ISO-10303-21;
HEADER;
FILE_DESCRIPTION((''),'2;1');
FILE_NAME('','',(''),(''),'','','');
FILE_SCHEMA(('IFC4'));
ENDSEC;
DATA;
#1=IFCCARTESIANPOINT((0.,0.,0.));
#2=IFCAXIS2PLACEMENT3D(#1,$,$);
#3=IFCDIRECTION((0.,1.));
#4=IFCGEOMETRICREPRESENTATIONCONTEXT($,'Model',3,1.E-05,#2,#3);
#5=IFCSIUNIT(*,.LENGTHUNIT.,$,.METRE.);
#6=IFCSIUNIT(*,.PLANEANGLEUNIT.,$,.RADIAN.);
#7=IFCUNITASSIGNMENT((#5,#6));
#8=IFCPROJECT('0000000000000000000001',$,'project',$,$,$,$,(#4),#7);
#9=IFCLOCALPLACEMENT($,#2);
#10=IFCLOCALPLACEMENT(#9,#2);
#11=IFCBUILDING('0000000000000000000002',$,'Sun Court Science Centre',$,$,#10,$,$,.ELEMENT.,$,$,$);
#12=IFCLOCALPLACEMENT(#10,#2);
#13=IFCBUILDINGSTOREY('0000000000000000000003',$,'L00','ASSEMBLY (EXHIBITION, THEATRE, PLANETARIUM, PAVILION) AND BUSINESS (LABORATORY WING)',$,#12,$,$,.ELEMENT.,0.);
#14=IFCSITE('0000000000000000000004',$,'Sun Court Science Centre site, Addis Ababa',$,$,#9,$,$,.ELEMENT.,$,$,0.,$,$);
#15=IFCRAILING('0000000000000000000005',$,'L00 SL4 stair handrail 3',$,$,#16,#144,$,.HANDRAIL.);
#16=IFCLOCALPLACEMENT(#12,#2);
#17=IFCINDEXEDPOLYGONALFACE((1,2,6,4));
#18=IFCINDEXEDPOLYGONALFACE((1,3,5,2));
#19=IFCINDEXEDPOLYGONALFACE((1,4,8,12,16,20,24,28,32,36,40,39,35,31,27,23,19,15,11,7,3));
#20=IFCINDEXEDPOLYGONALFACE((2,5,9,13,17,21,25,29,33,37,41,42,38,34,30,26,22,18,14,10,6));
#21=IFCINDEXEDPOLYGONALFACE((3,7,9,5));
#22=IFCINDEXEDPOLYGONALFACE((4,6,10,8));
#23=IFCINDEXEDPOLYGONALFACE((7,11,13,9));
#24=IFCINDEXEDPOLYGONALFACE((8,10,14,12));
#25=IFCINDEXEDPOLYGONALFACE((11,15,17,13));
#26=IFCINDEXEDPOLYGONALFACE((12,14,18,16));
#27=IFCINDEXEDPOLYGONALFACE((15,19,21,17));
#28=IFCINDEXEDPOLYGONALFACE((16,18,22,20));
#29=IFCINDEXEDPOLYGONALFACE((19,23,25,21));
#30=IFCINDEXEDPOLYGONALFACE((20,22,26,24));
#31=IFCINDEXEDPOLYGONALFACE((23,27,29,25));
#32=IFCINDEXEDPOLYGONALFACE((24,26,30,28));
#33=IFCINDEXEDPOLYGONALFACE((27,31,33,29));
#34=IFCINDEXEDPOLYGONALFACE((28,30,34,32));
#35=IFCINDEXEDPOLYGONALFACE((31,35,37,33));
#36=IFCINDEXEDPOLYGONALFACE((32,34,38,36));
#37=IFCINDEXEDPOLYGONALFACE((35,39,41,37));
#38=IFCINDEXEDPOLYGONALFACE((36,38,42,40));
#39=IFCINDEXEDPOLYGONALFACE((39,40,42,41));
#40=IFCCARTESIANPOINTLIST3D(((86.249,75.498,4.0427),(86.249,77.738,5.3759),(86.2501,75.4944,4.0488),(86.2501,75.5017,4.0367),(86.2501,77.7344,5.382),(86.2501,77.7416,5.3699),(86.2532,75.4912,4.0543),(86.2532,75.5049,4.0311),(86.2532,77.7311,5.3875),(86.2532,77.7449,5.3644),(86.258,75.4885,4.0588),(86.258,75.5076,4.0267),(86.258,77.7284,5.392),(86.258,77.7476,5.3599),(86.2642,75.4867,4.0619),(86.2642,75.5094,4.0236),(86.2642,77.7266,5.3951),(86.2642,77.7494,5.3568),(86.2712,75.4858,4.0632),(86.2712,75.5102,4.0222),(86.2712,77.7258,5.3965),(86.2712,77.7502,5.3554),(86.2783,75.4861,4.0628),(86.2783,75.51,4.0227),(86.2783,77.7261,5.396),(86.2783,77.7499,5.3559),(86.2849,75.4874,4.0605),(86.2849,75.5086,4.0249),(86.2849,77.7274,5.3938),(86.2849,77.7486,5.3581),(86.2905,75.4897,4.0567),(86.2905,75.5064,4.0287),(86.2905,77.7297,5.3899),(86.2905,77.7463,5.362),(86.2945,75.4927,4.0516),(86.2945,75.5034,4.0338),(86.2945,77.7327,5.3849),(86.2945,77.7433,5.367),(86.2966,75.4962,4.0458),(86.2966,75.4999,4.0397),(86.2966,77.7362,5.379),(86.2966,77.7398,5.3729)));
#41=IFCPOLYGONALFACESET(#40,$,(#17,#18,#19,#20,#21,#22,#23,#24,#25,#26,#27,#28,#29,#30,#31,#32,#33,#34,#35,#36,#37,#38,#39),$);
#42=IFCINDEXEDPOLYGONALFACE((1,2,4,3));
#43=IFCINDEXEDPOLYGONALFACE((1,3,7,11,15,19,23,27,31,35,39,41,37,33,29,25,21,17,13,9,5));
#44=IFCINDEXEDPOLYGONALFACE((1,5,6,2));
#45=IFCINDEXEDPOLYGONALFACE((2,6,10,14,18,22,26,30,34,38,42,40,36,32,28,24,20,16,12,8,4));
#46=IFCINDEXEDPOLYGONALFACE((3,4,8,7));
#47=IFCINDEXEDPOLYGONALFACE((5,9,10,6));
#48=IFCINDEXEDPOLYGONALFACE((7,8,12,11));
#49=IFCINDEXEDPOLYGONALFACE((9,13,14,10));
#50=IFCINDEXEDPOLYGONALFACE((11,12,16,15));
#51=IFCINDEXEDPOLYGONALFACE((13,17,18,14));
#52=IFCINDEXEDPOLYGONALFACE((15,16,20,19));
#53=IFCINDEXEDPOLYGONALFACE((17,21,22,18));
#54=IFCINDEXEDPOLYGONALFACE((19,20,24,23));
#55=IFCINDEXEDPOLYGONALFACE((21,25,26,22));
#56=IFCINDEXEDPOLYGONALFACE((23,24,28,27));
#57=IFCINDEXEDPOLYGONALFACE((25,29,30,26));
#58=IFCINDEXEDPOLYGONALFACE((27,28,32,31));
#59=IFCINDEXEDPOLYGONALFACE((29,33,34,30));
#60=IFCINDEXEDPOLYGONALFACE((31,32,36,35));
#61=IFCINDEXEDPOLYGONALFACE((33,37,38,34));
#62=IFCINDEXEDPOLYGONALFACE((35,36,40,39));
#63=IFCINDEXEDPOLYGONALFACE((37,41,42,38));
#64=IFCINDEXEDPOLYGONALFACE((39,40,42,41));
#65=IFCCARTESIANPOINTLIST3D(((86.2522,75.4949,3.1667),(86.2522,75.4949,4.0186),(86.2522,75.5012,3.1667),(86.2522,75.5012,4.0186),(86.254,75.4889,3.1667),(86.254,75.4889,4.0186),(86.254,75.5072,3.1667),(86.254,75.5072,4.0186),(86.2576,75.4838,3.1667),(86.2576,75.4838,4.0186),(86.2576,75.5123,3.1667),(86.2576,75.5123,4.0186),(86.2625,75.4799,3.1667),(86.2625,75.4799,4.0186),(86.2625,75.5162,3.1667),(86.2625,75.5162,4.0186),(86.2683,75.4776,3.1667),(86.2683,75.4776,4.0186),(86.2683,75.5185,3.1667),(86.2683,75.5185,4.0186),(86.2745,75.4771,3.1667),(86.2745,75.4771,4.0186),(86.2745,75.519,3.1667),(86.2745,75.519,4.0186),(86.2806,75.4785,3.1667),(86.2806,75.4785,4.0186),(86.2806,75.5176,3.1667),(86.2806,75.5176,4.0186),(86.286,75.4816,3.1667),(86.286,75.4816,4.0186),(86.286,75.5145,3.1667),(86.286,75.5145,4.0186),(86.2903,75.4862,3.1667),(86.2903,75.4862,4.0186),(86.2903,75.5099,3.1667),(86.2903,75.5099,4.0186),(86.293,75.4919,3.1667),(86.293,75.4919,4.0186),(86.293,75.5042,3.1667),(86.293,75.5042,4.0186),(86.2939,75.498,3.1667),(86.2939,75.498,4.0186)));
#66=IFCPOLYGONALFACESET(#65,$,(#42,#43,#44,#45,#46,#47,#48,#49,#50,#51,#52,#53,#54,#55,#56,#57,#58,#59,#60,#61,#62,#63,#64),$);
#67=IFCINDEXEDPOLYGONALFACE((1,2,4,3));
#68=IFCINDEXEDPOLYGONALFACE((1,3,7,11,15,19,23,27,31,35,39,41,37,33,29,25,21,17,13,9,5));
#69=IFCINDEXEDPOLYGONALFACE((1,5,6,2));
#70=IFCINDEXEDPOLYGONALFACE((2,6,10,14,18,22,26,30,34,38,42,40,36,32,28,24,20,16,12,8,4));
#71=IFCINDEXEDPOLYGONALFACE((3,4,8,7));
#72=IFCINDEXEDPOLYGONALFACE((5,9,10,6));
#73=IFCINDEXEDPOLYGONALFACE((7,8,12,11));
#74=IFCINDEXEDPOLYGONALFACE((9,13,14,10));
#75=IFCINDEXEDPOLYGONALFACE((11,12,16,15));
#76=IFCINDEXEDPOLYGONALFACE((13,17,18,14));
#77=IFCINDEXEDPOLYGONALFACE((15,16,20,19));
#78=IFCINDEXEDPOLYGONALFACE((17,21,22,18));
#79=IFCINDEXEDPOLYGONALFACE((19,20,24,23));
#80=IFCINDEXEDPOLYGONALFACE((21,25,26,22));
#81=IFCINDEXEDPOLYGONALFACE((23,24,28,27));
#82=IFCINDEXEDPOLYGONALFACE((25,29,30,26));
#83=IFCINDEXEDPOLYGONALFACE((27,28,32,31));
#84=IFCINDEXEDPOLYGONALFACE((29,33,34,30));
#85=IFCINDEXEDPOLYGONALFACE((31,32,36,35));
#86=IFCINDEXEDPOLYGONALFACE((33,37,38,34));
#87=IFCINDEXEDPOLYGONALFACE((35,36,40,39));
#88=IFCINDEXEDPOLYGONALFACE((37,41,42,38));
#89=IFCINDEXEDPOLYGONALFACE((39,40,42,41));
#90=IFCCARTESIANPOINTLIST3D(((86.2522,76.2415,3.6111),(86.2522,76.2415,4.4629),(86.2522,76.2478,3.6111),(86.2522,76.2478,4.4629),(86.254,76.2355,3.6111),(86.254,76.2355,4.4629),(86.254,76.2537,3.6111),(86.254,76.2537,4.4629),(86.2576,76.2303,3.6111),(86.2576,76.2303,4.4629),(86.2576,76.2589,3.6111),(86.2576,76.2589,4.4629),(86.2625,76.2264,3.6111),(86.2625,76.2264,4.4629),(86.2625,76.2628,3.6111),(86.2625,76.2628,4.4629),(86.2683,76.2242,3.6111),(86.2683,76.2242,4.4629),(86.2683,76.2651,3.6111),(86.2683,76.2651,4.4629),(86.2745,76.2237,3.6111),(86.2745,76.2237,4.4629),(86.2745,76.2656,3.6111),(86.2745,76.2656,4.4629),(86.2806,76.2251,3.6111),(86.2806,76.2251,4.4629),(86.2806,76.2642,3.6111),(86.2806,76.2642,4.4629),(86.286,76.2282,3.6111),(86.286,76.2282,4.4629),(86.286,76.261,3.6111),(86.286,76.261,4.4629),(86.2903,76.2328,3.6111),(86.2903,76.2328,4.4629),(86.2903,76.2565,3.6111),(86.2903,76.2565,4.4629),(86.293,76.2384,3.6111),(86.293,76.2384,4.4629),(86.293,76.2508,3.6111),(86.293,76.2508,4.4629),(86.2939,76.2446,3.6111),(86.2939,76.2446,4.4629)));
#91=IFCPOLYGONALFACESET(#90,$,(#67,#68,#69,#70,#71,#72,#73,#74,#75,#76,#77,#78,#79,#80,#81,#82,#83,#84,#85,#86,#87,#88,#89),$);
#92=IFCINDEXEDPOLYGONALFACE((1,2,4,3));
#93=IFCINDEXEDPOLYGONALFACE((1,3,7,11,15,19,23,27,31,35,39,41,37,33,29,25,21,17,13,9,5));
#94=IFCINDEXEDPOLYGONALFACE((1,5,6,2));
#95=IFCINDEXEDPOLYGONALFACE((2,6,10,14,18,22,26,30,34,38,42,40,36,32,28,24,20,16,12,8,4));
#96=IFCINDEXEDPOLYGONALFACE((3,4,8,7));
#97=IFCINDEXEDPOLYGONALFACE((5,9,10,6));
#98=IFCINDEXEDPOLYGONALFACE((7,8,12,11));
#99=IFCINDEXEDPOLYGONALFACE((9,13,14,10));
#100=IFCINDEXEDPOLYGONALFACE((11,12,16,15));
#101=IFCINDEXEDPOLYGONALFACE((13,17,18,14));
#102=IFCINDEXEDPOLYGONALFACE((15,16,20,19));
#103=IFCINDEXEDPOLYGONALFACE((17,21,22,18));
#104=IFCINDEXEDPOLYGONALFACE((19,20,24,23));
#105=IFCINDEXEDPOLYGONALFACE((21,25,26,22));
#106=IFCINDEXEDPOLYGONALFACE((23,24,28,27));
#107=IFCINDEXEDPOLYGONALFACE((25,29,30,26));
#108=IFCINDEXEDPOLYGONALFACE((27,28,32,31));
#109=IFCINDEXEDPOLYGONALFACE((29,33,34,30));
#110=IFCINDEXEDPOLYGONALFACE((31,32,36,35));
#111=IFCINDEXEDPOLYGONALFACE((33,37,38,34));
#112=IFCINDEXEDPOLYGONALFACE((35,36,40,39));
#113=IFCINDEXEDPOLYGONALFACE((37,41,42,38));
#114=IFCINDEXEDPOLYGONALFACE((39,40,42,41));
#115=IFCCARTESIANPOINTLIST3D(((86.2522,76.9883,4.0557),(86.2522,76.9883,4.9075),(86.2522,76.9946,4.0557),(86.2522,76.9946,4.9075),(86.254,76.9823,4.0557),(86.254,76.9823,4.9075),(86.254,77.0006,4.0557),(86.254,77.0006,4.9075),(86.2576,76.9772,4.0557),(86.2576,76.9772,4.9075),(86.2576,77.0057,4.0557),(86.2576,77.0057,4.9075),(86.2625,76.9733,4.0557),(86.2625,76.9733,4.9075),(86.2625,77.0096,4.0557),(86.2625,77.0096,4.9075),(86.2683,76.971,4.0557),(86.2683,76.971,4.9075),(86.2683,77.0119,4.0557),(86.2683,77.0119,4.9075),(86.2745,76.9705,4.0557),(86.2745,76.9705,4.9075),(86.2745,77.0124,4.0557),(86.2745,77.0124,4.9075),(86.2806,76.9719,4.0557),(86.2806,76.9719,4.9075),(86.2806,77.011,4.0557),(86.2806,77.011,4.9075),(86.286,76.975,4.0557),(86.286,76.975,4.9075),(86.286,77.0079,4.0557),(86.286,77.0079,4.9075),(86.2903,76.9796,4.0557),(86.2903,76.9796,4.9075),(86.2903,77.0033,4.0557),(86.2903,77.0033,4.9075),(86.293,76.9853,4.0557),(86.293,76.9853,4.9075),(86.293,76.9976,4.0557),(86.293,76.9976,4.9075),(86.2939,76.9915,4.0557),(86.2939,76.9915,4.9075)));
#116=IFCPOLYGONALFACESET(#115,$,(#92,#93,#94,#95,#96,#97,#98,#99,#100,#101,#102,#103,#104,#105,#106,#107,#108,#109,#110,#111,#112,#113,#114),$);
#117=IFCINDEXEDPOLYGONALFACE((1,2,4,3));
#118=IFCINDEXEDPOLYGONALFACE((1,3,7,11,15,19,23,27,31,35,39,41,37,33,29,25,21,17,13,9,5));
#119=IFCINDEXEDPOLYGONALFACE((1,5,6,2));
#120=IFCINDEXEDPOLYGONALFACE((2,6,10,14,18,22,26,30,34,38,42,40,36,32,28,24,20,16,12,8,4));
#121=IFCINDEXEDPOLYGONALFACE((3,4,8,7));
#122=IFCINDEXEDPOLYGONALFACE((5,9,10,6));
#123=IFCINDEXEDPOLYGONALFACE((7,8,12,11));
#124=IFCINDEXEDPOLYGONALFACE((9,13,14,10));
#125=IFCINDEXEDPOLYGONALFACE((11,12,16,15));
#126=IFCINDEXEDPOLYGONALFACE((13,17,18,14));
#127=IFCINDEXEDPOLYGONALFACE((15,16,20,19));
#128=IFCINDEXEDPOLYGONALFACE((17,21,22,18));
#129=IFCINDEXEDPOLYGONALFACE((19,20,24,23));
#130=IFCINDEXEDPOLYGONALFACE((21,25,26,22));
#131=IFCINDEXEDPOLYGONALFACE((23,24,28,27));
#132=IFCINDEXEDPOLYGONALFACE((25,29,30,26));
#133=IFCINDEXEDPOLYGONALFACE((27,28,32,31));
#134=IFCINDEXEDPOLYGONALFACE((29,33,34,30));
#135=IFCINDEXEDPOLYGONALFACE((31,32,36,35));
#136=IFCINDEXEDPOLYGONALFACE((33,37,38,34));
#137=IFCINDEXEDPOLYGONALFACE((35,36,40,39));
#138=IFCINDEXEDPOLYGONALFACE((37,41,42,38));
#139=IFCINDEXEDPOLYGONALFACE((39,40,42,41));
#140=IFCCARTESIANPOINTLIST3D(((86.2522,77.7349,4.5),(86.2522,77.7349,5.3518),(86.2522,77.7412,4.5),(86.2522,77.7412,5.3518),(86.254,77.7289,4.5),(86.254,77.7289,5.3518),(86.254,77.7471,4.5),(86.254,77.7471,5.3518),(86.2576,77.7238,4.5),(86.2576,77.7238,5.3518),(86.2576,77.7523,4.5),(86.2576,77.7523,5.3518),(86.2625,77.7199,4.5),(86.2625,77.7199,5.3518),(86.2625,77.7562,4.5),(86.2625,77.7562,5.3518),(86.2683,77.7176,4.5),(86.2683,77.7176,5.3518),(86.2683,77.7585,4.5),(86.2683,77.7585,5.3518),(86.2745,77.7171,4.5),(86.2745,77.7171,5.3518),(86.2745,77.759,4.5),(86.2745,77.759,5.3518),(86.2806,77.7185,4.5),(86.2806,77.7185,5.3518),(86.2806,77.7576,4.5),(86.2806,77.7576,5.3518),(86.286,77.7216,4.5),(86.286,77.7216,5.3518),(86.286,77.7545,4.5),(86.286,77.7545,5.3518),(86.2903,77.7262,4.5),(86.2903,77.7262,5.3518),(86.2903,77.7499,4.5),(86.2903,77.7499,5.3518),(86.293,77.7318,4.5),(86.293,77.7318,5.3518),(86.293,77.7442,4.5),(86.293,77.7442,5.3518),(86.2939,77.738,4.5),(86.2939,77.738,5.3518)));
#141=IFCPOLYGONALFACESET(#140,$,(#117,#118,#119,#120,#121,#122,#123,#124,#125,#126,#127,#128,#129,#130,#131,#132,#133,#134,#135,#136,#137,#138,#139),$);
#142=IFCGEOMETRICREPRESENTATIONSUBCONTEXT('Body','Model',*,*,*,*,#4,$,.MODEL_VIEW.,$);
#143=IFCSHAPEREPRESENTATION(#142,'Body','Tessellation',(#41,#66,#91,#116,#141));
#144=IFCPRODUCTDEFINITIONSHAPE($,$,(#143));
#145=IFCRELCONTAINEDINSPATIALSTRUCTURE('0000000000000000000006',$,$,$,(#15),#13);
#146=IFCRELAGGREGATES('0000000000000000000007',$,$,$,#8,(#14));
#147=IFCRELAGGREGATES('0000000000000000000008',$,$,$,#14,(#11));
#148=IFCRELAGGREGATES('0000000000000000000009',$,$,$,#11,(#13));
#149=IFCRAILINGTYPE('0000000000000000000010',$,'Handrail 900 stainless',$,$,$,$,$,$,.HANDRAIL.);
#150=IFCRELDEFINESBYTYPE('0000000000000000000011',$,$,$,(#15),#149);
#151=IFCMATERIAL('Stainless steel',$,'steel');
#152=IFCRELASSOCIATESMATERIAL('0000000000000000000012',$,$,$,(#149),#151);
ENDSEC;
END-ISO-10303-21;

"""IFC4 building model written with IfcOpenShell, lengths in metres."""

from ifc_helpers import new_model, si_unit, direction, frame, origin, origin_2d, place, context, subcontext, project, spatial, circle, extrude, material, type_object, element, save


model = new_model("IFC4")

# Units and contexts
model_context = context("Model", 3, precision=1e-05, world=origin(), true_north=direction((0.0, 1.0)))
body_context = subcontext(model_context, "Body", "Model", "MODEL_VIEW")
ifc_project = project(units=[si_unit("LENGTHUNIT", "METRE"), si_unit("PLANEANGLEUNIT", "RADIAN")], contexts=[model_context])

# Site, building, storey
site_placement = place(None, origin())
site = spatial("IfcSite", under=ifc_project, at=site_placement, Name="Sun Court Science Centre site, Addis Ababa", CompositionType="ELEMENT", RefElevation=0.0)
building_placement = place(site_placement, origin())
building = spatial("IfcBuilding", under=site, at=building_placement, Name="Sun Court Science Centre", CompositionType="ELEMENT")
storey_placement = place(building_placement, origin())
storey = spatial("IfcBuildingStorey", under=building, at=storey_placement, Name="L00", Description="ASSEMBLY (EXHIBITION, THEATRE, PLANETARIUM, PAVILION) AND BUSINESS (LABORATORY WING)", CompositionType="ELEMENT", Elevation=0.0)

# Railing
ifc_material_1 = material(Name="Stainless steel", Category="steel")
railing_type_1 = type_object("IfcRailingType", Name="Handrail 900 stainless", PredefinedType="HANDRAIL", material=ifc_material_1)
for number, where, name in (
    (1, (86.2729, 75.498, 3.1667), "L00 SL4 stair handrail 3"),
):
    element("IfcRailing", number, at=place(storey_placement, frame(where)), inside=storey, type_object=railing_type_1, Name=name, PredefinedType="HANDRAIL", context=body_context, shape_type="SweptSolid", body=[
        extrude(circle(Radius=0.0239, at=origin_2d()), frame((0.0, 0.0, 0.876), z_axis=(0.0, 0.859306, 0.511462), x_axis=(-1.0, 0.0, 0.0)), (0.0, 0.0, 1.0), 2.6067),
        extrude(circle(Radius=0.021, at=origin_2d()), origin(), (0.0, 0.0, 1.0), 0.8518),
        extrude(circle(Radius=0.021, at=origin_2d()), frame((0.0, 0.7466, 0.4443)), (0.0, 0.0, 1.0), 0.8518),
        extrude(circle(Radius=0.021, at=origin_2d()), frame((0.0, 1.4934, 0.8889)), (0.0, 0.0, 1.0), 0.8518),
        extrude(circle(Radius=0.021, at=origin_2d()), frame((0.0, 2.24, 1.3333)), (0.0, 0.0, 1.0), 0.8518),
    ])

save(model, "model.ifc")
